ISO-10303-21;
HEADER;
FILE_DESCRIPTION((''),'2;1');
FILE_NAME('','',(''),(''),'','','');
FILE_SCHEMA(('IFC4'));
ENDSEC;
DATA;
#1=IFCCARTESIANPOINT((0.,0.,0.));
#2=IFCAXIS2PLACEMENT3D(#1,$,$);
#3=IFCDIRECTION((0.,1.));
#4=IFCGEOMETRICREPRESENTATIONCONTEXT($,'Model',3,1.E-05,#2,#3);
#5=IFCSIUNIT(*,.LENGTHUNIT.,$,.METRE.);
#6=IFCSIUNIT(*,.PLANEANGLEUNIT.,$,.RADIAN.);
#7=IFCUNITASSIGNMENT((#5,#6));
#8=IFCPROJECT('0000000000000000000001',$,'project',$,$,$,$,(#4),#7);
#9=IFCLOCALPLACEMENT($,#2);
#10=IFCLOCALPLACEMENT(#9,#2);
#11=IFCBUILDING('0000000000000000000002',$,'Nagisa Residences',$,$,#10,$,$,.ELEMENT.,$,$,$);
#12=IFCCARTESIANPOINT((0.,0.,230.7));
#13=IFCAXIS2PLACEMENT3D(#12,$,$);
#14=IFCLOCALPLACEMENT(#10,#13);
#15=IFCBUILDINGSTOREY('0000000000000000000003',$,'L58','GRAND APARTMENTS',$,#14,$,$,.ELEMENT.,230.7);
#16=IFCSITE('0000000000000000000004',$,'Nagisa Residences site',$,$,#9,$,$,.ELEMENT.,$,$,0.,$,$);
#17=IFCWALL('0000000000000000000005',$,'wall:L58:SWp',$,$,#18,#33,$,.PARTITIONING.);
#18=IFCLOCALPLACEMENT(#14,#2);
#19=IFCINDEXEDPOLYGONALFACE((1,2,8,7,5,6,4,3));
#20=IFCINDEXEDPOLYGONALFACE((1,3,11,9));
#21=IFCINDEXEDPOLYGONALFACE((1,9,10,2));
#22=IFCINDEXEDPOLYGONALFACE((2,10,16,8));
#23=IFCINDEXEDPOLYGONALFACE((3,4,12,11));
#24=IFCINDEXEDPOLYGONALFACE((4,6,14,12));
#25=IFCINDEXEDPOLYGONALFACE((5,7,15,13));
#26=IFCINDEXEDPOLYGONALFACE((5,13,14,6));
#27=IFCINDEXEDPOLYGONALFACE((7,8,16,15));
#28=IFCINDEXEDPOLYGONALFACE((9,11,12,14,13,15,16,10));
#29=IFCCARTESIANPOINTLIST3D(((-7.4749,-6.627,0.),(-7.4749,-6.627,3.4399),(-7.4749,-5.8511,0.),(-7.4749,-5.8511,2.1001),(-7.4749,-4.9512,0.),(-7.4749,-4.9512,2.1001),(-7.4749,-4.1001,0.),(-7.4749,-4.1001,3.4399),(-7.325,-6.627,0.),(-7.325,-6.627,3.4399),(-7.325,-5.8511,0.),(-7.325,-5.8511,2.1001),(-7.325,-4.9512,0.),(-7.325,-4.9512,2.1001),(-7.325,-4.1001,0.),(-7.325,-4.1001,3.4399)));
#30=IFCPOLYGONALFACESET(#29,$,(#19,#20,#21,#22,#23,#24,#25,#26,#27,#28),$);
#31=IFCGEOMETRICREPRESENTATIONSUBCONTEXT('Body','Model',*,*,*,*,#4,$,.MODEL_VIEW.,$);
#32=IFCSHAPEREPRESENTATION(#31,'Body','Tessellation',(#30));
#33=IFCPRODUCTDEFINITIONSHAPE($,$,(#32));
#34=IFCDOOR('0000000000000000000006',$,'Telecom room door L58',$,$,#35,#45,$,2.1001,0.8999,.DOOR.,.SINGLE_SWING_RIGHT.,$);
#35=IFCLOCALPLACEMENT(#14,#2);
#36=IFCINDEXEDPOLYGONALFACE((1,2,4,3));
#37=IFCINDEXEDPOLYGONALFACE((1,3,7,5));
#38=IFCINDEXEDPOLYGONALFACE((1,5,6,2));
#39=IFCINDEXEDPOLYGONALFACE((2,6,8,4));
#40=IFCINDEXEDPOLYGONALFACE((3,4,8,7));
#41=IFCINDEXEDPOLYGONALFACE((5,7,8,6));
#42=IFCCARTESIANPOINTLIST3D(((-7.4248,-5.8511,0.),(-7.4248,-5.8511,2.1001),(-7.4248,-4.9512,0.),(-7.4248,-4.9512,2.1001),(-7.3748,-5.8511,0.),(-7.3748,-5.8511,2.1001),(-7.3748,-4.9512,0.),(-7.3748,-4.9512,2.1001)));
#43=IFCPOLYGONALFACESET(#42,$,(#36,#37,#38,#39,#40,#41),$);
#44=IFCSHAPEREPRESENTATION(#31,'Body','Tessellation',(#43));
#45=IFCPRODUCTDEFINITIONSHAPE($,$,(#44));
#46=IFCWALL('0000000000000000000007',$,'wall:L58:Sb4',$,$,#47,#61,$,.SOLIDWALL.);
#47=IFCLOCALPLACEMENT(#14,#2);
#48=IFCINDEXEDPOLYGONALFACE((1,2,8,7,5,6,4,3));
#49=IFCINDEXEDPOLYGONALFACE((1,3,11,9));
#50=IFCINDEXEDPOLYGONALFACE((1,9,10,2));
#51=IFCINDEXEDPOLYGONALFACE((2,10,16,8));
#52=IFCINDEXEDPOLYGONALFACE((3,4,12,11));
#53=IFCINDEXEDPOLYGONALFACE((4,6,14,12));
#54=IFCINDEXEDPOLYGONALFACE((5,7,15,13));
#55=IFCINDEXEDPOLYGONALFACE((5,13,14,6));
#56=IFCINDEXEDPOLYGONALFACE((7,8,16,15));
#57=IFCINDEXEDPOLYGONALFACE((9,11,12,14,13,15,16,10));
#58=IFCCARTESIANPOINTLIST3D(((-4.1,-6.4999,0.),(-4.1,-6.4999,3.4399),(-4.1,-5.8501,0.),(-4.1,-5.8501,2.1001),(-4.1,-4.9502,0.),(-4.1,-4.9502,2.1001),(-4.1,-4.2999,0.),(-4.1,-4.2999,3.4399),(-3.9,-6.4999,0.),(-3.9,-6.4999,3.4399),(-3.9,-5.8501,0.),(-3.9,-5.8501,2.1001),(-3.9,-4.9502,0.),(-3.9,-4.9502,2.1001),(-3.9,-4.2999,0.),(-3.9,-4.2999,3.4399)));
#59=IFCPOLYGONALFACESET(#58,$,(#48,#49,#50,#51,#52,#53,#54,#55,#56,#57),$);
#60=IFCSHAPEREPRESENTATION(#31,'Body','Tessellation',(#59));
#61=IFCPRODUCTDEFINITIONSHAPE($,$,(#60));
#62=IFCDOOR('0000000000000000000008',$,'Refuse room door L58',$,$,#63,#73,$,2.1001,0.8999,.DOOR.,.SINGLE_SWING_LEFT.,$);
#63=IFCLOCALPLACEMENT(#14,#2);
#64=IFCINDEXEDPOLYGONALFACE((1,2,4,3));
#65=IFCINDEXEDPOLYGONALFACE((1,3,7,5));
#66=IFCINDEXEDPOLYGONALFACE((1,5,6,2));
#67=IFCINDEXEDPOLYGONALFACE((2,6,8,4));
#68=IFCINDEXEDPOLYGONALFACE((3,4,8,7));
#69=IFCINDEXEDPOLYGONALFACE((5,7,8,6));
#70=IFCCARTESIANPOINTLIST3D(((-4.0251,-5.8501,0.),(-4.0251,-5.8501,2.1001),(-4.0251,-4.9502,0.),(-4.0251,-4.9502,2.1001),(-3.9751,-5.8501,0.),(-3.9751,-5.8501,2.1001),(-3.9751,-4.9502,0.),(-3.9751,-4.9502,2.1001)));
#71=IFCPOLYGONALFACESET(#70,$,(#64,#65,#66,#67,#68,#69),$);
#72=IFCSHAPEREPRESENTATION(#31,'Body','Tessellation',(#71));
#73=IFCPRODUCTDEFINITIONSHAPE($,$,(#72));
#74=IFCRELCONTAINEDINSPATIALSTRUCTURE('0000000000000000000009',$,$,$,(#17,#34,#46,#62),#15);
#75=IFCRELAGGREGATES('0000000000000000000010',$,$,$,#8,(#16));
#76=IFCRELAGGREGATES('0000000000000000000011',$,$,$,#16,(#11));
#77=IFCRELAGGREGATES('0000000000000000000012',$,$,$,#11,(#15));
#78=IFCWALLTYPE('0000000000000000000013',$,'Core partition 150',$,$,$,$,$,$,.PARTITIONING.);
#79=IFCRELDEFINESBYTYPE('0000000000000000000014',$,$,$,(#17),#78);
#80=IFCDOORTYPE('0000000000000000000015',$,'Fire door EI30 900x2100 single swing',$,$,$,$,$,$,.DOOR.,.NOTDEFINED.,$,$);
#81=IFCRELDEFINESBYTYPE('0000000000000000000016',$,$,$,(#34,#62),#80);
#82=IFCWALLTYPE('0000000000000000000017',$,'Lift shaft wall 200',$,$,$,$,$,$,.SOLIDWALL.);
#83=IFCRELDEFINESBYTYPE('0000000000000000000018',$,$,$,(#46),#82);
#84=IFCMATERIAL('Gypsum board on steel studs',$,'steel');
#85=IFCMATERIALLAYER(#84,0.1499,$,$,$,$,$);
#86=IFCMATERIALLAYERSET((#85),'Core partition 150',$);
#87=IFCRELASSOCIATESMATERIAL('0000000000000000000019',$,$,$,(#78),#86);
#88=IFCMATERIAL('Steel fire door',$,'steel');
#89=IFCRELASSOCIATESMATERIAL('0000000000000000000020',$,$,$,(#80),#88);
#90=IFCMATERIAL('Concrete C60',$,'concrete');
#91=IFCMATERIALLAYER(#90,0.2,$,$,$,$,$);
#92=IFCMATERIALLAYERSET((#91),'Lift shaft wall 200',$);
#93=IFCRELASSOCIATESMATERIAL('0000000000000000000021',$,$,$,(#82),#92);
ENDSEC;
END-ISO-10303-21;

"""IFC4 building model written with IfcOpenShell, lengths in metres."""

from ifc_helpers import new_model, si_unit, direction, frame, frame_2d, origin, place, context, subcontext, project, spatial, rectangle, extrude, material, layer, layer_set, type_object, element, fill, save


model = new_model("IFC4")

# Units and contexts
model_context = context("Model", 3, precision=1e-05, world=origin(), true_north=direction((0.0, 1.0)))
body_context = subcontext(model_context, "Body", "Model", "MODEL_VIEW")
ifc_project = project(units=[si_unit("LENGTHUNIT", "METRE"), si_unit("PLANEANGLEUNIT", "RADIAN")], contexts=[model_context])

# Site, building, storey
site_placement = place(None, origin())
site = spatial("IfcSite", under=ifc_project, at=site_placement, Name="Nagisa Residences site", CompositionType="ELEMENT", RefElevation=0.0)
building_placement = place(site_placement, origin())
building = spatial("IfcBuilding", under=site, at=building_placement, Name="Nagisa Residences", CompositionType="ELEMENT")
storey_placement = place(building_placement, frame((0.0, 0.0, 230.7)))
storey = spatial("IfcBuildingStorey", under=building, at=storey_placement, Name="L58", Description="GRAND APARTMENTS", CompositionType="ELEMENT", Elevation=230.7)

# Walls, openings, doors
ifc_material_1 = material(Name="Gypsum board on steel studs", Category="steel")
ifc_layer_1 = layer(ifc_material_1, 0.1499)
ifc_layer_set_1 = layer_set([ifc_layer_1], Name="Core partition 150")
wall_type_1 = type_object("IfcWallType", Name="Core partition 150", PredefinedType="PARTITIONING", material=ifc_layer_set_1)
wall_1_placement = place(storey_placement, frame((-7.3999, -6.627, 0.0), z_axis=(0.0, 0.0, 1.0), x_axis=(0.0, 1.0, 0.0)))
wall_1 = element("IfcWall", 1, at=wall_1_placement, inside=storey, type_object=wall_type_1, Name="wall:L58:SWp", PredefinedType="PARTITIONING", context=body_context, shape_type="SweptSolid", body=[
    extrude(rectangle(XDim=2.5269, YDim=0.1499, at=frame_2d((1.2634, 0.0))), origin(), (0.0, 0.0, 1.0), 3.4399),
])
opening_1_placement = place(wall_1_placement, frame((0.7759, 0.0, 0.0)))
opening_1 = element("IfcOpeningElement", 2, at=opening_1_placement, cuts=wall_1, PredefinedType="OPENING", context=body_context, shape_type="SweptSolid", body=[
    extrude(rectangle(XDim=0.8999, YDim=2.1001, at=frame_2d((0.45, 1.05))), frame((0.0, 0.085, 0.0), z_axis=(0.0, -1.0, 0.0), x_axis=(1.0, 0.0, 0.0)), (0.0, 0.0, 1.0), 0.1699),
])
ifc_material_2 = material(Name="Steel fire door", Category="steel")
door_type_1 = type_object("IfcDoorType", Name="Fire door EI30 900x2100 single swing", OperationType="NOTDEFINED", PredefinedType="DOOR", material=ifc_material_2)
door_1_placement = place(opening_1_placement, origin())
door_1 = element("IfcDoor", 3, at=door_1_placement, inside=storey, type_object=door_type_1, Name="Telecom room door L58", OperationType="SINGLE_SWING_RIGHT", OverallHeight=2.1001, OverallWidth=0.8999, PredefinedType="DOOR", context=body_context, shape_type="SweptSolid", body=[
    extrude(rectangle(XDim=0.8999, YDim=2.1001, at=frame_2d((0.45, 1.05))), frame((0.0, 0.0249, 0.0), z_axis=(0.0, -1.0, 0.0), x_axis=(1.0, 0.0, 0.0)), (0.0, 0.0, 1.0), 0.05),
])
fill(opening_1, door_1)
ifc_material_3 = material(Name="Concrete C60", Category="concrete")
ifc_layer_2 = layer(ifc_material_3, 0.2)
ifc_layer_set_2 = layer_set([ifc_layer_2], Name="Lift shaft wall 200")
wall_type_2 = type_object("IfcWallType", Name="Lift shaft wall 200", PredefinedType="SOLIDWALL", material=ifc_layer_set_2)
wall_2_placement = place(storey_placement, frame((-4.0, -6.5, 0.0), z_axis=(0.0, 0.0, 1.0), x_axis=(0.0, 1.0, 0.0)))
wall_2 = element("IfcWall", 4, at=wall_2_placement, inside=storey, type_object=wall_type_2, Name="wall:L58:Sb4", PredefinedType="SOLIDWALL", context=body_context, shape_type="SweptSolid", body=[
    extrude(rectangle(XDim=2.2, YDim=0.2, at=frame_2d((1.1001, 0.0))), origin(), (0.0, 0.0, 1.0), 3.4399),
])
opening_2_placement = place(wall_2_placement, frame((0.6499, 0.0, 0.0)))
opening_2 = element("IfcOpeningElement", 5, at=opening_2_placement, cuts=wall_2, PredefinedType="OPENING", context=body_context, shape_type="SweptSolid", body=[
    extrude(rectangle(XDim=0.8999, YDim=2.1001, at=frame_2d((0.45, 1.05))), frame((0.0, 0.1099, 0.0), z_axis=(0.0, -1.0, 0.0), x_axis=(1.0, 0.0, 0.0)), (0.0, 0.0, 1.0), 0.22),
])
door_2_placement = place(opening_2_placement, frame((0.8999, 0.0, 0.0), x_axis=(-1.0, 0.0, 0.0)))
door_2 = element("IfcDoor", 6, at=door_2_placement, inside=storey, type_object=door_type_1, Name="Refuse room door L58", OperationType="SINGLE_SWING_LEFT", OverallHeight=2.1001, OverallWidth=0.8999, PredefinedType="DOOR", context=body_context, shape_type="SweptSolid", body=[
    extrude(rectangle(XDim=0.8999, YDim=2.1001, at=frame_2d((0.45, 1.05))), frame((0.0, 0.0249, 0.0), z_axis=(0.0, -1.0, 0.0), x_axis=(1.0, 0.0, 0.0)), (0.0, 0.0, 1.0), 0.05),
])
fill(opening_2, door_2)

save(model, "model.ifc")
